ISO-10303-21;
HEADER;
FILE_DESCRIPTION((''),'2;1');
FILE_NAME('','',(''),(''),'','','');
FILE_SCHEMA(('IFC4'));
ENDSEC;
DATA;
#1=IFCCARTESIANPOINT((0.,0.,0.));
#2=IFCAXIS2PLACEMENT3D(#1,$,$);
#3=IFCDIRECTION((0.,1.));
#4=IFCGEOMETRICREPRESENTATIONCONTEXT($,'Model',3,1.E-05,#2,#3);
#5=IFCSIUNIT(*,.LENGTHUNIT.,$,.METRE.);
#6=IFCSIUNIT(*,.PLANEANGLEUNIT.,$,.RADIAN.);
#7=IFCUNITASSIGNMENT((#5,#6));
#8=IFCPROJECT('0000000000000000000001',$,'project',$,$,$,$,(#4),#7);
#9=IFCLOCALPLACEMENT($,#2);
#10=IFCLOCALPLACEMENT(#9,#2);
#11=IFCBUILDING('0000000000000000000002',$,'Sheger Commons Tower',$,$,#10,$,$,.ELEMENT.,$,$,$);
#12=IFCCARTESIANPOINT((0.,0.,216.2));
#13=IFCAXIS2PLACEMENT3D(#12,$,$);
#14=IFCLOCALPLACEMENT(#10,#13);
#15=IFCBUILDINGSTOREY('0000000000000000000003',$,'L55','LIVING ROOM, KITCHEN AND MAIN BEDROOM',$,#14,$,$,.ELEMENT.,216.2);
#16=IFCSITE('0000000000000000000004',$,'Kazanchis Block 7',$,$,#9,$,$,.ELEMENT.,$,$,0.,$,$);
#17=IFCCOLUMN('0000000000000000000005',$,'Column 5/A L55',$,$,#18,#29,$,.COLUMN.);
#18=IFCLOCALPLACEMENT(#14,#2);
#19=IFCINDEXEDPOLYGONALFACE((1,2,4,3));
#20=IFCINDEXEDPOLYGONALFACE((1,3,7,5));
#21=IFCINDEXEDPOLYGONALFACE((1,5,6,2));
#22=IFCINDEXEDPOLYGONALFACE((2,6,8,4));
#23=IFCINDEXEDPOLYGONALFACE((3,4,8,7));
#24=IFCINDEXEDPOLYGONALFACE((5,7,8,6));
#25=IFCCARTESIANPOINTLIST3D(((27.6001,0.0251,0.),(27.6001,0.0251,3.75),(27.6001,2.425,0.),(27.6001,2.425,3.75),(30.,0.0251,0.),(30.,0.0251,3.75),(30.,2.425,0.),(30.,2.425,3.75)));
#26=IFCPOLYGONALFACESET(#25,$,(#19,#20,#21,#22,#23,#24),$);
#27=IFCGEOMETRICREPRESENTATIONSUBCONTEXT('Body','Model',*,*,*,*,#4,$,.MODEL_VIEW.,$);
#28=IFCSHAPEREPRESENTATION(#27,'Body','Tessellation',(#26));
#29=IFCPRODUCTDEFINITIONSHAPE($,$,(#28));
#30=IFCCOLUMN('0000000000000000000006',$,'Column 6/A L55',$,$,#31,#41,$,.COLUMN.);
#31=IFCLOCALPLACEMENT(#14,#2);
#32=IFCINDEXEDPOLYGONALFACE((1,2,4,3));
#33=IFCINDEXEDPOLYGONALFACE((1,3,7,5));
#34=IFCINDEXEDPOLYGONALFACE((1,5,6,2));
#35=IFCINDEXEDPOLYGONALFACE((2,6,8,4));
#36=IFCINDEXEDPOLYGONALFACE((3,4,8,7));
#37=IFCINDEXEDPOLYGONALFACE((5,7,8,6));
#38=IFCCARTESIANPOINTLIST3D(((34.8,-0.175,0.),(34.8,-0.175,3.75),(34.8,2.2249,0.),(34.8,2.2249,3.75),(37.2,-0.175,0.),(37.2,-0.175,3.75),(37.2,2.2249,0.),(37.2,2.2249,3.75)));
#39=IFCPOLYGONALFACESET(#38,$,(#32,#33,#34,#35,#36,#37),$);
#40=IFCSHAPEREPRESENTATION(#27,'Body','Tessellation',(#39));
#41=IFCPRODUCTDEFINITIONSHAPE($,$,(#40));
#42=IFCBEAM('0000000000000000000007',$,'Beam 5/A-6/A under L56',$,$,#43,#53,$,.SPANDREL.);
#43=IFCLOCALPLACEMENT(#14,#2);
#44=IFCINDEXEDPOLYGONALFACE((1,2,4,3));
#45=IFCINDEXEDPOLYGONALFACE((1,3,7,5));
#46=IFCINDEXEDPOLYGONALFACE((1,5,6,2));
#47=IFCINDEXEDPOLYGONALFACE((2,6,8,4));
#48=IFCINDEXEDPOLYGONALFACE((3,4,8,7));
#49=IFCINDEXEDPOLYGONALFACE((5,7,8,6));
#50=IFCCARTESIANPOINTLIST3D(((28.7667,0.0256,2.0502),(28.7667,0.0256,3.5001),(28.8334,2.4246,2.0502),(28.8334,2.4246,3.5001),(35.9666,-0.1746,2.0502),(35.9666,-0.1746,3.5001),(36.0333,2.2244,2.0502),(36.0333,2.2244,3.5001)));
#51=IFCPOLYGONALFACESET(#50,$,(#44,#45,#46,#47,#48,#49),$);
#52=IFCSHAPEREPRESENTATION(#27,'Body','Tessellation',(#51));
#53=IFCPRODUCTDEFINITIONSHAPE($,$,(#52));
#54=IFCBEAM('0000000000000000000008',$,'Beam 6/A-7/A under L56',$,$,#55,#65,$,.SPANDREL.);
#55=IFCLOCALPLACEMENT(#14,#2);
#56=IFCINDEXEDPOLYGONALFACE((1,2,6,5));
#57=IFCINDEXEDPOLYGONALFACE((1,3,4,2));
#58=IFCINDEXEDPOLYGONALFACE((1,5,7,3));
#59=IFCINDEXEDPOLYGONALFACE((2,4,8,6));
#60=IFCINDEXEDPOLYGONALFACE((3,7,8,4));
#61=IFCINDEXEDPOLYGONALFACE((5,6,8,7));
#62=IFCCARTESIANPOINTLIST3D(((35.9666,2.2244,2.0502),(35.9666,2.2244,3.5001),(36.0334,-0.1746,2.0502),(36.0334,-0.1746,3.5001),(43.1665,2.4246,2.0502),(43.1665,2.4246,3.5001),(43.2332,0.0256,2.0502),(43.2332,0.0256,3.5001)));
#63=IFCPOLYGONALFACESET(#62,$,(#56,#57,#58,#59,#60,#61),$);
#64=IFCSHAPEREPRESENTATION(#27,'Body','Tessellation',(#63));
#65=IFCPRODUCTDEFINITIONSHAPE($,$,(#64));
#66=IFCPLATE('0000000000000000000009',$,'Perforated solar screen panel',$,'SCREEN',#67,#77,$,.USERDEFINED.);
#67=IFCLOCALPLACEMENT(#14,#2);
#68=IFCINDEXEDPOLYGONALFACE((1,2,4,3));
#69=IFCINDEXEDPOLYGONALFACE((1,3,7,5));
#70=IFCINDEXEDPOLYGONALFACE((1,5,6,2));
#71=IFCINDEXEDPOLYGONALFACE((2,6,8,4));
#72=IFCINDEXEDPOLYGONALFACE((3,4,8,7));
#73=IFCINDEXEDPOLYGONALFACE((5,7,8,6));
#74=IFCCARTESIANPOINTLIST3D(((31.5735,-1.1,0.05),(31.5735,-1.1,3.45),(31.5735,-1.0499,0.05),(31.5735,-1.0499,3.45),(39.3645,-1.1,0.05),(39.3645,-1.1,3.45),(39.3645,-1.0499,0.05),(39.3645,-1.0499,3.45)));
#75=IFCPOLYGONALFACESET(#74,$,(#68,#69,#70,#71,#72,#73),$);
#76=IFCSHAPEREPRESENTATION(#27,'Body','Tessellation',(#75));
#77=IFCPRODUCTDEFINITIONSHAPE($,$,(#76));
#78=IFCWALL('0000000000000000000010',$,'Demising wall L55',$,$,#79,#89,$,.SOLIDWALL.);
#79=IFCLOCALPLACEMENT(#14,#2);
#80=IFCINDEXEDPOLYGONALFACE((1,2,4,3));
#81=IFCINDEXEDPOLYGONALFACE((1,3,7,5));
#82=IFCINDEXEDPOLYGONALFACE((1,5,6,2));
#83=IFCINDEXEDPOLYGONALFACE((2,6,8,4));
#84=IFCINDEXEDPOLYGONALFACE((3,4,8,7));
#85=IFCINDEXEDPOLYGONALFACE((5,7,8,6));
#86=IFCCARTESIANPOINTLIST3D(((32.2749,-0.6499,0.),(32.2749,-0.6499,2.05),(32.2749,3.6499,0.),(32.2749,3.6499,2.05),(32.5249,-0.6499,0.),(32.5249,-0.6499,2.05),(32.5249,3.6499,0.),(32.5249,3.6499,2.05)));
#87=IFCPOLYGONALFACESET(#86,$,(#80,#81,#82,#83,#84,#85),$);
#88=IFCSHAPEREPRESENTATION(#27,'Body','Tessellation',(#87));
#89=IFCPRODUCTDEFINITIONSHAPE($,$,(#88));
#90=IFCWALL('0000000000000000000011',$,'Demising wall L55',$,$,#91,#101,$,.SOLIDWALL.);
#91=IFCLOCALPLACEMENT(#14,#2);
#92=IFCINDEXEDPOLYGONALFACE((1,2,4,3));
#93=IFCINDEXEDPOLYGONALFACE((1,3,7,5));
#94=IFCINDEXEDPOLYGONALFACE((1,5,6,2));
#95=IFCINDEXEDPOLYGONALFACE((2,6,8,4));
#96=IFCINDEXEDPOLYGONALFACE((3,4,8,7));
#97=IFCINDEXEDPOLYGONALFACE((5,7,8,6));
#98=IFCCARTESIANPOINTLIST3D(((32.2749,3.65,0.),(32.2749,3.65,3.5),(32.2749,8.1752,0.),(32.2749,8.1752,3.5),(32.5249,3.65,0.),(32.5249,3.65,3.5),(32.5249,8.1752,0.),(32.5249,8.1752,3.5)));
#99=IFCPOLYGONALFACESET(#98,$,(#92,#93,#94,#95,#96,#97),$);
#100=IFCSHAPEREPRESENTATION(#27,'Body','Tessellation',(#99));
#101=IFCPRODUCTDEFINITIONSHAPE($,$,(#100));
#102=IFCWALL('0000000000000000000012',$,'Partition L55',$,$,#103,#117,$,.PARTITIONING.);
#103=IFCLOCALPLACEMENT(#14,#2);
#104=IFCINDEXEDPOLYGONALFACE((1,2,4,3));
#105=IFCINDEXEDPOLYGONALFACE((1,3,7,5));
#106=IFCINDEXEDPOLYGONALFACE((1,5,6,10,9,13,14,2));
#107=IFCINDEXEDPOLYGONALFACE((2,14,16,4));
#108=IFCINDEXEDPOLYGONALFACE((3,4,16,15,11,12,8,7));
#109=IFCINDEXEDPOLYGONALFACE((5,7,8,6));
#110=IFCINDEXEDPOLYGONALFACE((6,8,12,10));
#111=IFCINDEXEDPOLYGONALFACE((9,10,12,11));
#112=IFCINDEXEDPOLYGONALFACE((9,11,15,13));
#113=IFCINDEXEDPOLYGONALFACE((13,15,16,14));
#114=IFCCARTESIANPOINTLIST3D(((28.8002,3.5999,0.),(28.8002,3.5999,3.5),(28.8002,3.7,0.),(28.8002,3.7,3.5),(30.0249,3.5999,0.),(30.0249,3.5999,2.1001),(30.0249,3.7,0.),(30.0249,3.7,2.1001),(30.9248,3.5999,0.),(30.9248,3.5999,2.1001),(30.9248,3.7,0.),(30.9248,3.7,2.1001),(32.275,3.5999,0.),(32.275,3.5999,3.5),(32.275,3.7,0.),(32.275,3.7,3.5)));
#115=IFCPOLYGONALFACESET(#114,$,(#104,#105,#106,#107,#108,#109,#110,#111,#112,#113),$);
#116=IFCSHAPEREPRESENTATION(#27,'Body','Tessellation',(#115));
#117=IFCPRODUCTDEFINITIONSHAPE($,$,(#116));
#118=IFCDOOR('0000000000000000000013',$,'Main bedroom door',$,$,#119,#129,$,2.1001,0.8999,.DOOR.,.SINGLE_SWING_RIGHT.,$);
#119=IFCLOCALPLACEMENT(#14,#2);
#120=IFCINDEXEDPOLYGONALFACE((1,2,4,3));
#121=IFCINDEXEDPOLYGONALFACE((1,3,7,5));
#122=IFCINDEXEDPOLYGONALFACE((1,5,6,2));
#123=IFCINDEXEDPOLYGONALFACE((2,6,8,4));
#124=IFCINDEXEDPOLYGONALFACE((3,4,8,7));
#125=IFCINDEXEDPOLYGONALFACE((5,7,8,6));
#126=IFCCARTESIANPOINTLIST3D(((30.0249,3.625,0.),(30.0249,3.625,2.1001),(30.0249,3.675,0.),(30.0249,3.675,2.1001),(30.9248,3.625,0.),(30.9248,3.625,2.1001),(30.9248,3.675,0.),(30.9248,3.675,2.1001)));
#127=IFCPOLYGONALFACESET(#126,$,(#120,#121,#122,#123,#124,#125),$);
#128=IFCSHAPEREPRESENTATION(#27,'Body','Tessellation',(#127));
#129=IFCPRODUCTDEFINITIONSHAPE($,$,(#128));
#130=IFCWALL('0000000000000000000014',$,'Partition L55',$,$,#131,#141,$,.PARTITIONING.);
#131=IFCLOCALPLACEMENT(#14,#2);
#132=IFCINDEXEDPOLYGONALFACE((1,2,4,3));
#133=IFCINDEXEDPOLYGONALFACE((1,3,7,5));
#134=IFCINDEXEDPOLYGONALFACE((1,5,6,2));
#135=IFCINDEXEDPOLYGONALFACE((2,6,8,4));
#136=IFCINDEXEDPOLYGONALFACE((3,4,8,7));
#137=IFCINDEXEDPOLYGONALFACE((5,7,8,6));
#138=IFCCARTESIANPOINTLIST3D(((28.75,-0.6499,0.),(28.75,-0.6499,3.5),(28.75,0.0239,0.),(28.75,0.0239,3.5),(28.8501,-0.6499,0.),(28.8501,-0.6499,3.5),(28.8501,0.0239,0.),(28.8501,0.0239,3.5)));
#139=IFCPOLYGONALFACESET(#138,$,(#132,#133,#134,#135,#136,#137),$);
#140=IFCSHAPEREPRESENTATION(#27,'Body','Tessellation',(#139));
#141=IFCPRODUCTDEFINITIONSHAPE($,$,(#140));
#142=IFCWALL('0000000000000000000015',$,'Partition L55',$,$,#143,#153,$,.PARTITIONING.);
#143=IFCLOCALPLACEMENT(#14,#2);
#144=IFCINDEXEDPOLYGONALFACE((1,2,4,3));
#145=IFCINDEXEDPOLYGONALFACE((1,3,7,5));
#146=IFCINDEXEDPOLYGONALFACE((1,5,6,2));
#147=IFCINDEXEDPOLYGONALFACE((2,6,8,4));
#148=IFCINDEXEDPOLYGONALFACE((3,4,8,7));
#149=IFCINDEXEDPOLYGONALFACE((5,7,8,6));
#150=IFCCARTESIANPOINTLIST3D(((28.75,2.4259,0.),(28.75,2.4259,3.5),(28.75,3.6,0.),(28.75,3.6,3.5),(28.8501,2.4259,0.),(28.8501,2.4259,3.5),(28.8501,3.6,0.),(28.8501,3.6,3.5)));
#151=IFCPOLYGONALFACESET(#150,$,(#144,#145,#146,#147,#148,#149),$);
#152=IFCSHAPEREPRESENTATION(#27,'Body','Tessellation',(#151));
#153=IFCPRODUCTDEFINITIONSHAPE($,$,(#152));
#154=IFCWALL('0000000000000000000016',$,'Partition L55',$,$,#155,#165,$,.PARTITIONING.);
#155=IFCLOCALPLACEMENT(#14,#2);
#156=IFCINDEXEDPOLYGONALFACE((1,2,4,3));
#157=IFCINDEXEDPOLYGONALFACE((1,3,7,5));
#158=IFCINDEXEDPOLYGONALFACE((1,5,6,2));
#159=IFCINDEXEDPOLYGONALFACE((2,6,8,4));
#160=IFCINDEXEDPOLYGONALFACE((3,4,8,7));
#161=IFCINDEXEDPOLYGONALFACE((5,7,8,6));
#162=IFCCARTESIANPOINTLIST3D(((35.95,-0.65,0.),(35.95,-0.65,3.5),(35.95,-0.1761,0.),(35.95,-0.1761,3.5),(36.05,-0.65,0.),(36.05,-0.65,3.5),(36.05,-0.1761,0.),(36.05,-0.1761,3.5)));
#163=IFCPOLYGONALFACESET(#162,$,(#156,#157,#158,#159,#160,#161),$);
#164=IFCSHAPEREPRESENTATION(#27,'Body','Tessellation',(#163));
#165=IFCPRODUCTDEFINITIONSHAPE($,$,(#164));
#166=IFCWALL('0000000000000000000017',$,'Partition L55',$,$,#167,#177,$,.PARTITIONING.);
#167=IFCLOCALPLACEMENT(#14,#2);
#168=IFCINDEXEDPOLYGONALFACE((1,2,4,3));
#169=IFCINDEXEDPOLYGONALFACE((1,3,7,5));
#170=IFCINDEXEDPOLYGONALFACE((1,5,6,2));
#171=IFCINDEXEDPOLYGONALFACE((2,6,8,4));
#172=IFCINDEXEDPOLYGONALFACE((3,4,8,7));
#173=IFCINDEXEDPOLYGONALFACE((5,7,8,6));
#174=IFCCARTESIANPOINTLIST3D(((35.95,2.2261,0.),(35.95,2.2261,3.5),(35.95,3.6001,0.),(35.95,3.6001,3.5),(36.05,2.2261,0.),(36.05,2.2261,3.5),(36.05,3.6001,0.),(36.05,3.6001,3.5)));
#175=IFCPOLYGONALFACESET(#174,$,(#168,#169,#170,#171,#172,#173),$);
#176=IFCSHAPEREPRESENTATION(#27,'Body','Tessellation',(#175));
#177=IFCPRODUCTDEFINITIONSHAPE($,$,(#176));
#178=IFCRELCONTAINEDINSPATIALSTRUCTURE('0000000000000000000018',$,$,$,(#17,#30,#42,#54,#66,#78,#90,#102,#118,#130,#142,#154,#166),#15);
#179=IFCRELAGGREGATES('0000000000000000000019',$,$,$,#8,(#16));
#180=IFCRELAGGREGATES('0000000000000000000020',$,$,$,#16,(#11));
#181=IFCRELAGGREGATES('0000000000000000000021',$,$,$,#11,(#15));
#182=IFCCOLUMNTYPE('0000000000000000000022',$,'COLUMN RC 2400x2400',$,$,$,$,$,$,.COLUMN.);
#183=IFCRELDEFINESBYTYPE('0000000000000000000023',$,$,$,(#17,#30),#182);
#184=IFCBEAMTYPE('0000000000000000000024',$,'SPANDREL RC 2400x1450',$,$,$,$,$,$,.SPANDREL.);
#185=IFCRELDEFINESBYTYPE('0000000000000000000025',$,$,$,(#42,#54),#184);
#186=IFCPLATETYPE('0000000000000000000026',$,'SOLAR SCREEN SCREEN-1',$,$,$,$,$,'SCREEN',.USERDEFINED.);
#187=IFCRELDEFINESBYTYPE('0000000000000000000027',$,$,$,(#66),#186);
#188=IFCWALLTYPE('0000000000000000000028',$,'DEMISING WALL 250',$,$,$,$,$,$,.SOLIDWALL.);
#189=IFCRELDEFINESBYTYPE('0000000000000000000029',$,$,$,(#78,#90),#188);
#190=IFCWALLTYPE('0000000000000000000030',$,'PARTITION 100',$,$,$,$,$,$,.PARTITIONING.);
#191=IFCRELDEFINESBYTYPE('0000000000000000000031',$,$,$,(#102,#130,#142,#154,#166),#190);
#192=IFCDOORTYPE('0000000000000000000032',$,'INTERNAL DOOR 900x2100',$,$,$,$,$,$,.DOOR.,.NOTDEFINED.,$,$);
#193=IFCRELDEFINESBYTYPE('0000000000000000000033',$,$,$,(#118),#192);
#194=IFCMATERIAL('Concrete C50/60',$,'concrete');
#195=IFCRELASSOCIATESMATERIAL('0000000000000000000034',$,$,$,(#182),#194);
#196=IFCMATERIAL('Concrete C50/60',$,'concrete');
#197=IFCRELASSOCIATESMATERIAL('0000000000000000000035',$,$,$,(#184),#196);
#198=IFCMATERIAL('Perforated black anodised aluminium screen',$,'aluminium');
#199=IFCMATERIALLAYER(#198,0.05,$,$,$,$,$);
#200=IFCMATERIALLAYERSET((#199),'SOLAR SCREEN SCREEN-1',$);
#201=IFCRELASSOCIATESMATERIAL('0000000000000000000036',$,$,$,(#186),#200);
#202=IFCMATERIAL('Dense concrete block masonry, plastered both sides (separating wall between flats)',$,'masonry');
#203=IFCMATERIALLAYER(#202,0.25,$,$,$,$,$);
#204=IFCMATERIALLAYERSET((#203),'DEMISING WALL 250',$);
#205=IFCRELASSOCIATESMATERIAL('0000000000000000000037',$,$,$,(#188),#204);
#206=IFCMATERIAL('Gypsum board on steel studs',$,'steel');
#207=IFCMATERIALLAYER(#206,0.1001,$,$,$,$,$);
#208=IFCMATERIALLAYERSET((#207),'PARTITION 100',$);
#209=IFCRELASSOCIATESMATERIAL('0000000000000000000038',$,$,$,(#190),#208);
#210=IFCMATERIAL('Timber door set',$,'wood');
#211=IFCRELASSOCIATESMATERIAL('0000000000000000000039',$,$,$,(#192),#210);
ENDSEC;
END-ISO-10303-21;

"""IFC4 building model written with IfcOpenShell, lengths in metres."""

from ifc_helpers import new_model, si_unit, direction, frame, frame_2d, origin, origin_2d, place, context, subcontext, project, spatial, rectangle, extrude, material, layer, layer_set, material_profile, profile_set, type_object, element, fill, save


model = new_model("IFC4")

# Units and contexts
model_context = context("Model", 3, precision=1e-05, world=origin(), true_north=direction((0.0, 1.0)))
body_context = subcontext(model_context, "Body", "Model", "MODEL_VIEW")
ifc_project = project(units=[si_unit("LENGTHUNIT", "METRE"), si_unit("PLANEANGLEUNIT", "RADIAN")], contexts=[model_context])

# Site, building, storey
site_placement = place(None, origin())
site = spatial("IfcSite", under=ifc_project, at=site_placement, Name="Kazanchis Block 7", CompositionType="ELEMENT", RefElevation=0.0)
building_placement = place(site_placement, origin())
building = spatial("IfcBuilding", under=site, at=building_placement, Name="Sheger Commons Tower", CompositionType="ELEMENT")
storey_placement = place(building_placement, frame((0.0, 0.0, 216.2)))
storey = spatial("IfcBuildingStorey", under=building, at=storey_placement, Name="L55", Description="LIVING ROOM, KITCHEN AND MAIN BEDROOM", CompositionType="ELEMENT", Elevation=216.2)

# Columns
ifc_material_1 = material(Name="Concrete C50/60", Category="concrete")
ifc_material_profile_1 = material_profile(ifc_material_1, rectangle(XDim=2.3999, YDim=2.3999, at=origin_2d()), Name="RC 2400x2400")
ifc_profile_set_1 = profile_set([ifc_material_profile_1], Name="Concrete C50/60")
column_type = type_object("IfcColumnType", Name="COLUMN RC 2400x2400", PredefinedType="COLUMN", material=ifc_profile_set_1)
for number, where, z_axis, x_axis, name in (
    (1, (28.8, 1.2251, 0.0), (0.0, 0.0, 1.0), (1.0, 0.0, 0.0), "Column 5/A L55"),
    (2, (36.0, 1.0249, 0.0), (0.0, 0.0, 1.0), (1.0, 0.0, 0.0), "Column 6/A L55"),
):
    element("IfcColumn", number, at=place(storey_placement, frame(where, z_axis=z_axis, x_axis=x_axis)), inside=storey, type_object=column_type, Name=name, PredefinedType="COLUMN", context=body_context, shape_type="SweptSolid", body=[
        extrude(rectangle(XDim=2.3999, YDim=2.3999, at=origin_2d()), origin(), (0.0, 0.0, 1.0), 3.75),
    ])

# Beams
ifc_material_2 = material(Name="Concrete C50/60", Category="concrete")
ifc_material_profile_2 = material_profile(ifc_material_2, rectangle(XDim=2.3999, YDim=1.45, at=origin_2d()), Name="RC 2400x1450")
ifc_profile_set_2 = profile_set([ifc_material_profile_2], Name="Concrete C50/60")
beam_type = type_object("IfcBeamType", Name="SPANDREL RC 2400x1450", PredefinedType="SPANDREL", material=ifc_profile_set_2)
for number, where, z_axis, x_axis, name in (
    (3, (28.8, 1.2251, 2.7751), (0.999614, -0.027794, 0.0), (0.027794, 0.999614, 0.0), "Beam 5/A-6/A under L56"),
    (4, (36.0, 1.0249, 2.7751), (0.999614, 0.027794, 0.0), (-0.027794, 0.999614, 0.0), "Beam 6/A-7/A under L56"),
):
    element("IfcBeam", number, at=place(storey_placement, frame(where, z_axis=z_axis, x_axis=x_axis)), inside=storey, type_object=beam_type, Name=name, PredefinedType="SPANDREL", context=body_context, shape_type="SweptSolid", body=[
        extrude(rectangle(XDim=2.3999, YDim=1.45, at=origin_2d()), origin(), (0.0, 0.0, 1.0), 7.2026),
    ])

# Plate
ifc_material_3 = material(Name="Perforated black anodised aluminium screen", Category="aluminium")
ifc_layer_1 = layer(ifc_material_3, 0.05)
ifc_layer_set_1 = layer_set([ifc_layer_1], Name="SOLAR SCREEN SCREEN-1")
plate_type = type_object("IfcPlateType", Name="SOLAR SCREEN SCREEN-1", ElementType="SCREEN", PredefinedType="USERDEFINED", material=ifc_layer_set_1)
plate_placement = place(storey_placement, frame((35.469, -1.075, 0.05), z_axis=(0.0, 0.0, 1.0), x_axis=(1.0, 0.0, 0.0)))
element("IfcPlate", 5, at=plate_placement, inside=storey, type_object=plate_type, Name="Perforated solar screen panel", ObjectType="SCREEN", PredefinedType="USERDEFINED", context=body_context, shape_type="SweptSolid", body=[
    extrude(rectangle(XDim=7.791, YDim=0.05, at=origin_2d()), origin(), (0.0, 0.0, 1.0), 3.3999),
])

# Walls
ifc_material_4 = material(Name="Dense concrete block masonry, plastered both sides (separating wall between flats)", Category="masonry")
ifc_layer_2 = layer(ifc_material_4, 0.25)
ifc_layer_set_2 = layer_set([ifc_layer_2], Name="DEMISING WALL 250")
wall_type_1 = type_object("IfcWallType", Name="DEMISING WALL 250", PredefinedType="SOLIDWALL", material=ifc_layer_set_2)
wall_1_placement = place(storey_placement, frame((32.3999, -0.6499, 0.0), z_axis=(0.0, 0.0, 1.0), x_axis=(0.0, 1.0, 0.0)))
element("IfcWall", 6, at=wall_1_placement, inside=storey, type_object=wall_type_1, Name="Demising wall L55", PredefinedType="SOLIDWALL", context=body_context, shape_type="SweptSolid", body=[
    extrude(rectangle(XDim=4.2998, YDim=0.25, at=frame_2d((2.1499, 0.0))), origin(), (0.0, 0.0, 1.0), 2.05),
])
wall_2_placement = place(storey_placement, frame((32.3999, 3.6499, 0.0), z_axis=(0.0, 0.0, 1.0), x_axis=(0.0, 1.0, 0.0)))
element("IfcWall", 7, at=wall_2_placement, inside=storey, type_object=wall_type_1, Name="Demising wall L55", PredefinedType="SOLIDWALL", context=body_context, shape_type="SweptSolid", body=[
    extrude(rectangle(XDim=4.5251, YDim=0.25, at=frame_2d((2.2627, 0.0))), origin(), (0.0, 0.0, 1.0), 3.5),
])

# Wall, opening, door
ifc_material_5 = material(Name="Gypsum board on steel studs", Category="steel")
ifc_layer_3 = layer(ifc_material_5, 0.1001)
ifc_layer_set_3 = layer_set([ifc_layer_3], Name="PARTITION 100")
wall_type_2 = type_object("IfcWallType", Name="PARTITION 100", PredefinedType="PARTITIONING", material=ifc_layer_set_3)
wall_3_placement = place(storey_placement, frame((32.2749, 3.6499, 0.0), z_axis=(0.0, 0.0, 1.0), x_axis=(-1.0, 0.0, 0.0)))
wall_3 = element("IfcWall", 8, at=wall_3_placement, inside=storey, type_object=wall_type_2, Name="Partition L55", PredefinedType="PARTITIONING", context=body_context, shape_type="SweptSolid", body=[
    extrude(rectangle(XDim=3.4749, YDim=0.1001, at=frame_2d((1.7373, 0.0))), origin(), (0.0, 0.0, 1.0), 3.5),
])
opening_placement = place(wall_3_placement, frame((1.3501, 0.0, 0.0)))
opening = element("IfcOpeningElement", 9, at=opening_placement, cuts=wall_3, PredefinedType="OPENING", context=body_context, shape_type="SweptSolid", body=[
    extrude(rectangle(XDim=0.8999, YDim=2.1001, at=frame_2d((0.45, 1.05))), frame((0.0, 0.0601, 0.0), z_axis=(0.0, -1.0, 0.0), x_axis=(1.0, 0.0, 0.0)), (0.0, 0.0, 1.0), 0.1201),
])
ifc_material_6 = material(Name="Timber door set", Category="wood")
door_type = type_object("IfcDoorType", Name="INTERNAL DOOR 900x2100", OperationType="NOTDEFINED", PredefinedType="DOOR", material=ifc_material_6)
door_placement = place(opening_placement, origin())
door = element("IfcDoor", 10, at=door_placement, inside=storey, type_object=door_type, Name="Main bedroom door", OperationType="SINGLE_SWING_RIGHT", OverallHeight=2.1001, OverallWidth=0.8999, PredefinedType="DOOR", context=body_context, shape_type="SweptSolid", body=[
    extrude(rectangle(XDim=0.8999, YDim=2.1001, at=frame_2d((0.45, 1.05))), frame((0.0, 0.0249, 0.0), z_axis=(0.0, -1.0, 0.0), x_axis=(1.0, 0.0, 0.0)), (0.0, 0.0, 1.0), 0.05),
])
fill(opening, door)

# Walls
wall_4_placement = place(storey_placement, frame((28.8, -0.6499, 0.0), z_axis=(0.0, 0.0, 1.0), x_axis=(0.0, 1.0, 0.0)))
element("IfcWall", 11, at=wall_4_placement, inside=storey, type_object=wall_type_2, Name="Partition L55", PredefinedType="PARTITIONING", context=body_context, shape_type="SweptSolid", body=[
    extrude(rectangle(XDim=0.6738, YDim=0.1001, at=frame_2d((0.3369, 0.0))), origin(), (0.0, 0.0, 1.0), 3.5),
])
wall_5_placement = place(storey_placement, frame((28.8, 2.426, 0.0), z_axis=(0.0, 0.0, 1.0), x_axis=(0.0, 1.0, 0.0)))
element("IfcWall", 12, at=wall_5_placement, inside=storey, type_object=wall_type_2, Name="Partition L55", PredefinedType="PARTITIONING", context=body_context, shape_type="SweptSolid", body=[
    extrude(rectangle(XDim=1.1741, YDim=0.1001, at=frame_2d((0.5869, 0.0))), origin(), (0.0, 0.0, 1.0), 3.5),
])
wall_6_placement = place(storey_placement, frame((36.0, -0.6499, 0.0), z_axis=(0.0, 0.0, 1.0), x_axis=(0.0, 1.0, 0.0)))
element("IfcWall", 13, at=wall_6_placement, inside=storey, type_object=wall_type_2, Name="Partition L55", PredefinedType="PARTITIONING", context=body_context, shape_type="SweptSolid", body=[
    extrude(rectangle(XDim=0.4739, YDim=0.1001, at=frame_2d((0.2368, 0.0))), origin(), (0.0, 0.0, 1.0), 3.5),
])
wall_7_placement = place(storey_placement, frame((36.0, 2.2261, 0.0), z_axis=(0.0, 0.0, 1.0), x_axis=(0.0, 1.0, 0.0)))
element("IfcWall", 14, at=wall_7_placement, inside=storey, type_object=wall_type_2, Name="Partition L55", PredefinedType="PARTITIONING", context=body_context, shape_type="SweptSolid", body=[
    extrude(rectangle(XDim=1.374, YDim=0.1001, at=frame_2d((0.687, 0.0))), origin(), (0.0, 0.0, 1.0), 3.5),
])

save(model, "model.ifc")
